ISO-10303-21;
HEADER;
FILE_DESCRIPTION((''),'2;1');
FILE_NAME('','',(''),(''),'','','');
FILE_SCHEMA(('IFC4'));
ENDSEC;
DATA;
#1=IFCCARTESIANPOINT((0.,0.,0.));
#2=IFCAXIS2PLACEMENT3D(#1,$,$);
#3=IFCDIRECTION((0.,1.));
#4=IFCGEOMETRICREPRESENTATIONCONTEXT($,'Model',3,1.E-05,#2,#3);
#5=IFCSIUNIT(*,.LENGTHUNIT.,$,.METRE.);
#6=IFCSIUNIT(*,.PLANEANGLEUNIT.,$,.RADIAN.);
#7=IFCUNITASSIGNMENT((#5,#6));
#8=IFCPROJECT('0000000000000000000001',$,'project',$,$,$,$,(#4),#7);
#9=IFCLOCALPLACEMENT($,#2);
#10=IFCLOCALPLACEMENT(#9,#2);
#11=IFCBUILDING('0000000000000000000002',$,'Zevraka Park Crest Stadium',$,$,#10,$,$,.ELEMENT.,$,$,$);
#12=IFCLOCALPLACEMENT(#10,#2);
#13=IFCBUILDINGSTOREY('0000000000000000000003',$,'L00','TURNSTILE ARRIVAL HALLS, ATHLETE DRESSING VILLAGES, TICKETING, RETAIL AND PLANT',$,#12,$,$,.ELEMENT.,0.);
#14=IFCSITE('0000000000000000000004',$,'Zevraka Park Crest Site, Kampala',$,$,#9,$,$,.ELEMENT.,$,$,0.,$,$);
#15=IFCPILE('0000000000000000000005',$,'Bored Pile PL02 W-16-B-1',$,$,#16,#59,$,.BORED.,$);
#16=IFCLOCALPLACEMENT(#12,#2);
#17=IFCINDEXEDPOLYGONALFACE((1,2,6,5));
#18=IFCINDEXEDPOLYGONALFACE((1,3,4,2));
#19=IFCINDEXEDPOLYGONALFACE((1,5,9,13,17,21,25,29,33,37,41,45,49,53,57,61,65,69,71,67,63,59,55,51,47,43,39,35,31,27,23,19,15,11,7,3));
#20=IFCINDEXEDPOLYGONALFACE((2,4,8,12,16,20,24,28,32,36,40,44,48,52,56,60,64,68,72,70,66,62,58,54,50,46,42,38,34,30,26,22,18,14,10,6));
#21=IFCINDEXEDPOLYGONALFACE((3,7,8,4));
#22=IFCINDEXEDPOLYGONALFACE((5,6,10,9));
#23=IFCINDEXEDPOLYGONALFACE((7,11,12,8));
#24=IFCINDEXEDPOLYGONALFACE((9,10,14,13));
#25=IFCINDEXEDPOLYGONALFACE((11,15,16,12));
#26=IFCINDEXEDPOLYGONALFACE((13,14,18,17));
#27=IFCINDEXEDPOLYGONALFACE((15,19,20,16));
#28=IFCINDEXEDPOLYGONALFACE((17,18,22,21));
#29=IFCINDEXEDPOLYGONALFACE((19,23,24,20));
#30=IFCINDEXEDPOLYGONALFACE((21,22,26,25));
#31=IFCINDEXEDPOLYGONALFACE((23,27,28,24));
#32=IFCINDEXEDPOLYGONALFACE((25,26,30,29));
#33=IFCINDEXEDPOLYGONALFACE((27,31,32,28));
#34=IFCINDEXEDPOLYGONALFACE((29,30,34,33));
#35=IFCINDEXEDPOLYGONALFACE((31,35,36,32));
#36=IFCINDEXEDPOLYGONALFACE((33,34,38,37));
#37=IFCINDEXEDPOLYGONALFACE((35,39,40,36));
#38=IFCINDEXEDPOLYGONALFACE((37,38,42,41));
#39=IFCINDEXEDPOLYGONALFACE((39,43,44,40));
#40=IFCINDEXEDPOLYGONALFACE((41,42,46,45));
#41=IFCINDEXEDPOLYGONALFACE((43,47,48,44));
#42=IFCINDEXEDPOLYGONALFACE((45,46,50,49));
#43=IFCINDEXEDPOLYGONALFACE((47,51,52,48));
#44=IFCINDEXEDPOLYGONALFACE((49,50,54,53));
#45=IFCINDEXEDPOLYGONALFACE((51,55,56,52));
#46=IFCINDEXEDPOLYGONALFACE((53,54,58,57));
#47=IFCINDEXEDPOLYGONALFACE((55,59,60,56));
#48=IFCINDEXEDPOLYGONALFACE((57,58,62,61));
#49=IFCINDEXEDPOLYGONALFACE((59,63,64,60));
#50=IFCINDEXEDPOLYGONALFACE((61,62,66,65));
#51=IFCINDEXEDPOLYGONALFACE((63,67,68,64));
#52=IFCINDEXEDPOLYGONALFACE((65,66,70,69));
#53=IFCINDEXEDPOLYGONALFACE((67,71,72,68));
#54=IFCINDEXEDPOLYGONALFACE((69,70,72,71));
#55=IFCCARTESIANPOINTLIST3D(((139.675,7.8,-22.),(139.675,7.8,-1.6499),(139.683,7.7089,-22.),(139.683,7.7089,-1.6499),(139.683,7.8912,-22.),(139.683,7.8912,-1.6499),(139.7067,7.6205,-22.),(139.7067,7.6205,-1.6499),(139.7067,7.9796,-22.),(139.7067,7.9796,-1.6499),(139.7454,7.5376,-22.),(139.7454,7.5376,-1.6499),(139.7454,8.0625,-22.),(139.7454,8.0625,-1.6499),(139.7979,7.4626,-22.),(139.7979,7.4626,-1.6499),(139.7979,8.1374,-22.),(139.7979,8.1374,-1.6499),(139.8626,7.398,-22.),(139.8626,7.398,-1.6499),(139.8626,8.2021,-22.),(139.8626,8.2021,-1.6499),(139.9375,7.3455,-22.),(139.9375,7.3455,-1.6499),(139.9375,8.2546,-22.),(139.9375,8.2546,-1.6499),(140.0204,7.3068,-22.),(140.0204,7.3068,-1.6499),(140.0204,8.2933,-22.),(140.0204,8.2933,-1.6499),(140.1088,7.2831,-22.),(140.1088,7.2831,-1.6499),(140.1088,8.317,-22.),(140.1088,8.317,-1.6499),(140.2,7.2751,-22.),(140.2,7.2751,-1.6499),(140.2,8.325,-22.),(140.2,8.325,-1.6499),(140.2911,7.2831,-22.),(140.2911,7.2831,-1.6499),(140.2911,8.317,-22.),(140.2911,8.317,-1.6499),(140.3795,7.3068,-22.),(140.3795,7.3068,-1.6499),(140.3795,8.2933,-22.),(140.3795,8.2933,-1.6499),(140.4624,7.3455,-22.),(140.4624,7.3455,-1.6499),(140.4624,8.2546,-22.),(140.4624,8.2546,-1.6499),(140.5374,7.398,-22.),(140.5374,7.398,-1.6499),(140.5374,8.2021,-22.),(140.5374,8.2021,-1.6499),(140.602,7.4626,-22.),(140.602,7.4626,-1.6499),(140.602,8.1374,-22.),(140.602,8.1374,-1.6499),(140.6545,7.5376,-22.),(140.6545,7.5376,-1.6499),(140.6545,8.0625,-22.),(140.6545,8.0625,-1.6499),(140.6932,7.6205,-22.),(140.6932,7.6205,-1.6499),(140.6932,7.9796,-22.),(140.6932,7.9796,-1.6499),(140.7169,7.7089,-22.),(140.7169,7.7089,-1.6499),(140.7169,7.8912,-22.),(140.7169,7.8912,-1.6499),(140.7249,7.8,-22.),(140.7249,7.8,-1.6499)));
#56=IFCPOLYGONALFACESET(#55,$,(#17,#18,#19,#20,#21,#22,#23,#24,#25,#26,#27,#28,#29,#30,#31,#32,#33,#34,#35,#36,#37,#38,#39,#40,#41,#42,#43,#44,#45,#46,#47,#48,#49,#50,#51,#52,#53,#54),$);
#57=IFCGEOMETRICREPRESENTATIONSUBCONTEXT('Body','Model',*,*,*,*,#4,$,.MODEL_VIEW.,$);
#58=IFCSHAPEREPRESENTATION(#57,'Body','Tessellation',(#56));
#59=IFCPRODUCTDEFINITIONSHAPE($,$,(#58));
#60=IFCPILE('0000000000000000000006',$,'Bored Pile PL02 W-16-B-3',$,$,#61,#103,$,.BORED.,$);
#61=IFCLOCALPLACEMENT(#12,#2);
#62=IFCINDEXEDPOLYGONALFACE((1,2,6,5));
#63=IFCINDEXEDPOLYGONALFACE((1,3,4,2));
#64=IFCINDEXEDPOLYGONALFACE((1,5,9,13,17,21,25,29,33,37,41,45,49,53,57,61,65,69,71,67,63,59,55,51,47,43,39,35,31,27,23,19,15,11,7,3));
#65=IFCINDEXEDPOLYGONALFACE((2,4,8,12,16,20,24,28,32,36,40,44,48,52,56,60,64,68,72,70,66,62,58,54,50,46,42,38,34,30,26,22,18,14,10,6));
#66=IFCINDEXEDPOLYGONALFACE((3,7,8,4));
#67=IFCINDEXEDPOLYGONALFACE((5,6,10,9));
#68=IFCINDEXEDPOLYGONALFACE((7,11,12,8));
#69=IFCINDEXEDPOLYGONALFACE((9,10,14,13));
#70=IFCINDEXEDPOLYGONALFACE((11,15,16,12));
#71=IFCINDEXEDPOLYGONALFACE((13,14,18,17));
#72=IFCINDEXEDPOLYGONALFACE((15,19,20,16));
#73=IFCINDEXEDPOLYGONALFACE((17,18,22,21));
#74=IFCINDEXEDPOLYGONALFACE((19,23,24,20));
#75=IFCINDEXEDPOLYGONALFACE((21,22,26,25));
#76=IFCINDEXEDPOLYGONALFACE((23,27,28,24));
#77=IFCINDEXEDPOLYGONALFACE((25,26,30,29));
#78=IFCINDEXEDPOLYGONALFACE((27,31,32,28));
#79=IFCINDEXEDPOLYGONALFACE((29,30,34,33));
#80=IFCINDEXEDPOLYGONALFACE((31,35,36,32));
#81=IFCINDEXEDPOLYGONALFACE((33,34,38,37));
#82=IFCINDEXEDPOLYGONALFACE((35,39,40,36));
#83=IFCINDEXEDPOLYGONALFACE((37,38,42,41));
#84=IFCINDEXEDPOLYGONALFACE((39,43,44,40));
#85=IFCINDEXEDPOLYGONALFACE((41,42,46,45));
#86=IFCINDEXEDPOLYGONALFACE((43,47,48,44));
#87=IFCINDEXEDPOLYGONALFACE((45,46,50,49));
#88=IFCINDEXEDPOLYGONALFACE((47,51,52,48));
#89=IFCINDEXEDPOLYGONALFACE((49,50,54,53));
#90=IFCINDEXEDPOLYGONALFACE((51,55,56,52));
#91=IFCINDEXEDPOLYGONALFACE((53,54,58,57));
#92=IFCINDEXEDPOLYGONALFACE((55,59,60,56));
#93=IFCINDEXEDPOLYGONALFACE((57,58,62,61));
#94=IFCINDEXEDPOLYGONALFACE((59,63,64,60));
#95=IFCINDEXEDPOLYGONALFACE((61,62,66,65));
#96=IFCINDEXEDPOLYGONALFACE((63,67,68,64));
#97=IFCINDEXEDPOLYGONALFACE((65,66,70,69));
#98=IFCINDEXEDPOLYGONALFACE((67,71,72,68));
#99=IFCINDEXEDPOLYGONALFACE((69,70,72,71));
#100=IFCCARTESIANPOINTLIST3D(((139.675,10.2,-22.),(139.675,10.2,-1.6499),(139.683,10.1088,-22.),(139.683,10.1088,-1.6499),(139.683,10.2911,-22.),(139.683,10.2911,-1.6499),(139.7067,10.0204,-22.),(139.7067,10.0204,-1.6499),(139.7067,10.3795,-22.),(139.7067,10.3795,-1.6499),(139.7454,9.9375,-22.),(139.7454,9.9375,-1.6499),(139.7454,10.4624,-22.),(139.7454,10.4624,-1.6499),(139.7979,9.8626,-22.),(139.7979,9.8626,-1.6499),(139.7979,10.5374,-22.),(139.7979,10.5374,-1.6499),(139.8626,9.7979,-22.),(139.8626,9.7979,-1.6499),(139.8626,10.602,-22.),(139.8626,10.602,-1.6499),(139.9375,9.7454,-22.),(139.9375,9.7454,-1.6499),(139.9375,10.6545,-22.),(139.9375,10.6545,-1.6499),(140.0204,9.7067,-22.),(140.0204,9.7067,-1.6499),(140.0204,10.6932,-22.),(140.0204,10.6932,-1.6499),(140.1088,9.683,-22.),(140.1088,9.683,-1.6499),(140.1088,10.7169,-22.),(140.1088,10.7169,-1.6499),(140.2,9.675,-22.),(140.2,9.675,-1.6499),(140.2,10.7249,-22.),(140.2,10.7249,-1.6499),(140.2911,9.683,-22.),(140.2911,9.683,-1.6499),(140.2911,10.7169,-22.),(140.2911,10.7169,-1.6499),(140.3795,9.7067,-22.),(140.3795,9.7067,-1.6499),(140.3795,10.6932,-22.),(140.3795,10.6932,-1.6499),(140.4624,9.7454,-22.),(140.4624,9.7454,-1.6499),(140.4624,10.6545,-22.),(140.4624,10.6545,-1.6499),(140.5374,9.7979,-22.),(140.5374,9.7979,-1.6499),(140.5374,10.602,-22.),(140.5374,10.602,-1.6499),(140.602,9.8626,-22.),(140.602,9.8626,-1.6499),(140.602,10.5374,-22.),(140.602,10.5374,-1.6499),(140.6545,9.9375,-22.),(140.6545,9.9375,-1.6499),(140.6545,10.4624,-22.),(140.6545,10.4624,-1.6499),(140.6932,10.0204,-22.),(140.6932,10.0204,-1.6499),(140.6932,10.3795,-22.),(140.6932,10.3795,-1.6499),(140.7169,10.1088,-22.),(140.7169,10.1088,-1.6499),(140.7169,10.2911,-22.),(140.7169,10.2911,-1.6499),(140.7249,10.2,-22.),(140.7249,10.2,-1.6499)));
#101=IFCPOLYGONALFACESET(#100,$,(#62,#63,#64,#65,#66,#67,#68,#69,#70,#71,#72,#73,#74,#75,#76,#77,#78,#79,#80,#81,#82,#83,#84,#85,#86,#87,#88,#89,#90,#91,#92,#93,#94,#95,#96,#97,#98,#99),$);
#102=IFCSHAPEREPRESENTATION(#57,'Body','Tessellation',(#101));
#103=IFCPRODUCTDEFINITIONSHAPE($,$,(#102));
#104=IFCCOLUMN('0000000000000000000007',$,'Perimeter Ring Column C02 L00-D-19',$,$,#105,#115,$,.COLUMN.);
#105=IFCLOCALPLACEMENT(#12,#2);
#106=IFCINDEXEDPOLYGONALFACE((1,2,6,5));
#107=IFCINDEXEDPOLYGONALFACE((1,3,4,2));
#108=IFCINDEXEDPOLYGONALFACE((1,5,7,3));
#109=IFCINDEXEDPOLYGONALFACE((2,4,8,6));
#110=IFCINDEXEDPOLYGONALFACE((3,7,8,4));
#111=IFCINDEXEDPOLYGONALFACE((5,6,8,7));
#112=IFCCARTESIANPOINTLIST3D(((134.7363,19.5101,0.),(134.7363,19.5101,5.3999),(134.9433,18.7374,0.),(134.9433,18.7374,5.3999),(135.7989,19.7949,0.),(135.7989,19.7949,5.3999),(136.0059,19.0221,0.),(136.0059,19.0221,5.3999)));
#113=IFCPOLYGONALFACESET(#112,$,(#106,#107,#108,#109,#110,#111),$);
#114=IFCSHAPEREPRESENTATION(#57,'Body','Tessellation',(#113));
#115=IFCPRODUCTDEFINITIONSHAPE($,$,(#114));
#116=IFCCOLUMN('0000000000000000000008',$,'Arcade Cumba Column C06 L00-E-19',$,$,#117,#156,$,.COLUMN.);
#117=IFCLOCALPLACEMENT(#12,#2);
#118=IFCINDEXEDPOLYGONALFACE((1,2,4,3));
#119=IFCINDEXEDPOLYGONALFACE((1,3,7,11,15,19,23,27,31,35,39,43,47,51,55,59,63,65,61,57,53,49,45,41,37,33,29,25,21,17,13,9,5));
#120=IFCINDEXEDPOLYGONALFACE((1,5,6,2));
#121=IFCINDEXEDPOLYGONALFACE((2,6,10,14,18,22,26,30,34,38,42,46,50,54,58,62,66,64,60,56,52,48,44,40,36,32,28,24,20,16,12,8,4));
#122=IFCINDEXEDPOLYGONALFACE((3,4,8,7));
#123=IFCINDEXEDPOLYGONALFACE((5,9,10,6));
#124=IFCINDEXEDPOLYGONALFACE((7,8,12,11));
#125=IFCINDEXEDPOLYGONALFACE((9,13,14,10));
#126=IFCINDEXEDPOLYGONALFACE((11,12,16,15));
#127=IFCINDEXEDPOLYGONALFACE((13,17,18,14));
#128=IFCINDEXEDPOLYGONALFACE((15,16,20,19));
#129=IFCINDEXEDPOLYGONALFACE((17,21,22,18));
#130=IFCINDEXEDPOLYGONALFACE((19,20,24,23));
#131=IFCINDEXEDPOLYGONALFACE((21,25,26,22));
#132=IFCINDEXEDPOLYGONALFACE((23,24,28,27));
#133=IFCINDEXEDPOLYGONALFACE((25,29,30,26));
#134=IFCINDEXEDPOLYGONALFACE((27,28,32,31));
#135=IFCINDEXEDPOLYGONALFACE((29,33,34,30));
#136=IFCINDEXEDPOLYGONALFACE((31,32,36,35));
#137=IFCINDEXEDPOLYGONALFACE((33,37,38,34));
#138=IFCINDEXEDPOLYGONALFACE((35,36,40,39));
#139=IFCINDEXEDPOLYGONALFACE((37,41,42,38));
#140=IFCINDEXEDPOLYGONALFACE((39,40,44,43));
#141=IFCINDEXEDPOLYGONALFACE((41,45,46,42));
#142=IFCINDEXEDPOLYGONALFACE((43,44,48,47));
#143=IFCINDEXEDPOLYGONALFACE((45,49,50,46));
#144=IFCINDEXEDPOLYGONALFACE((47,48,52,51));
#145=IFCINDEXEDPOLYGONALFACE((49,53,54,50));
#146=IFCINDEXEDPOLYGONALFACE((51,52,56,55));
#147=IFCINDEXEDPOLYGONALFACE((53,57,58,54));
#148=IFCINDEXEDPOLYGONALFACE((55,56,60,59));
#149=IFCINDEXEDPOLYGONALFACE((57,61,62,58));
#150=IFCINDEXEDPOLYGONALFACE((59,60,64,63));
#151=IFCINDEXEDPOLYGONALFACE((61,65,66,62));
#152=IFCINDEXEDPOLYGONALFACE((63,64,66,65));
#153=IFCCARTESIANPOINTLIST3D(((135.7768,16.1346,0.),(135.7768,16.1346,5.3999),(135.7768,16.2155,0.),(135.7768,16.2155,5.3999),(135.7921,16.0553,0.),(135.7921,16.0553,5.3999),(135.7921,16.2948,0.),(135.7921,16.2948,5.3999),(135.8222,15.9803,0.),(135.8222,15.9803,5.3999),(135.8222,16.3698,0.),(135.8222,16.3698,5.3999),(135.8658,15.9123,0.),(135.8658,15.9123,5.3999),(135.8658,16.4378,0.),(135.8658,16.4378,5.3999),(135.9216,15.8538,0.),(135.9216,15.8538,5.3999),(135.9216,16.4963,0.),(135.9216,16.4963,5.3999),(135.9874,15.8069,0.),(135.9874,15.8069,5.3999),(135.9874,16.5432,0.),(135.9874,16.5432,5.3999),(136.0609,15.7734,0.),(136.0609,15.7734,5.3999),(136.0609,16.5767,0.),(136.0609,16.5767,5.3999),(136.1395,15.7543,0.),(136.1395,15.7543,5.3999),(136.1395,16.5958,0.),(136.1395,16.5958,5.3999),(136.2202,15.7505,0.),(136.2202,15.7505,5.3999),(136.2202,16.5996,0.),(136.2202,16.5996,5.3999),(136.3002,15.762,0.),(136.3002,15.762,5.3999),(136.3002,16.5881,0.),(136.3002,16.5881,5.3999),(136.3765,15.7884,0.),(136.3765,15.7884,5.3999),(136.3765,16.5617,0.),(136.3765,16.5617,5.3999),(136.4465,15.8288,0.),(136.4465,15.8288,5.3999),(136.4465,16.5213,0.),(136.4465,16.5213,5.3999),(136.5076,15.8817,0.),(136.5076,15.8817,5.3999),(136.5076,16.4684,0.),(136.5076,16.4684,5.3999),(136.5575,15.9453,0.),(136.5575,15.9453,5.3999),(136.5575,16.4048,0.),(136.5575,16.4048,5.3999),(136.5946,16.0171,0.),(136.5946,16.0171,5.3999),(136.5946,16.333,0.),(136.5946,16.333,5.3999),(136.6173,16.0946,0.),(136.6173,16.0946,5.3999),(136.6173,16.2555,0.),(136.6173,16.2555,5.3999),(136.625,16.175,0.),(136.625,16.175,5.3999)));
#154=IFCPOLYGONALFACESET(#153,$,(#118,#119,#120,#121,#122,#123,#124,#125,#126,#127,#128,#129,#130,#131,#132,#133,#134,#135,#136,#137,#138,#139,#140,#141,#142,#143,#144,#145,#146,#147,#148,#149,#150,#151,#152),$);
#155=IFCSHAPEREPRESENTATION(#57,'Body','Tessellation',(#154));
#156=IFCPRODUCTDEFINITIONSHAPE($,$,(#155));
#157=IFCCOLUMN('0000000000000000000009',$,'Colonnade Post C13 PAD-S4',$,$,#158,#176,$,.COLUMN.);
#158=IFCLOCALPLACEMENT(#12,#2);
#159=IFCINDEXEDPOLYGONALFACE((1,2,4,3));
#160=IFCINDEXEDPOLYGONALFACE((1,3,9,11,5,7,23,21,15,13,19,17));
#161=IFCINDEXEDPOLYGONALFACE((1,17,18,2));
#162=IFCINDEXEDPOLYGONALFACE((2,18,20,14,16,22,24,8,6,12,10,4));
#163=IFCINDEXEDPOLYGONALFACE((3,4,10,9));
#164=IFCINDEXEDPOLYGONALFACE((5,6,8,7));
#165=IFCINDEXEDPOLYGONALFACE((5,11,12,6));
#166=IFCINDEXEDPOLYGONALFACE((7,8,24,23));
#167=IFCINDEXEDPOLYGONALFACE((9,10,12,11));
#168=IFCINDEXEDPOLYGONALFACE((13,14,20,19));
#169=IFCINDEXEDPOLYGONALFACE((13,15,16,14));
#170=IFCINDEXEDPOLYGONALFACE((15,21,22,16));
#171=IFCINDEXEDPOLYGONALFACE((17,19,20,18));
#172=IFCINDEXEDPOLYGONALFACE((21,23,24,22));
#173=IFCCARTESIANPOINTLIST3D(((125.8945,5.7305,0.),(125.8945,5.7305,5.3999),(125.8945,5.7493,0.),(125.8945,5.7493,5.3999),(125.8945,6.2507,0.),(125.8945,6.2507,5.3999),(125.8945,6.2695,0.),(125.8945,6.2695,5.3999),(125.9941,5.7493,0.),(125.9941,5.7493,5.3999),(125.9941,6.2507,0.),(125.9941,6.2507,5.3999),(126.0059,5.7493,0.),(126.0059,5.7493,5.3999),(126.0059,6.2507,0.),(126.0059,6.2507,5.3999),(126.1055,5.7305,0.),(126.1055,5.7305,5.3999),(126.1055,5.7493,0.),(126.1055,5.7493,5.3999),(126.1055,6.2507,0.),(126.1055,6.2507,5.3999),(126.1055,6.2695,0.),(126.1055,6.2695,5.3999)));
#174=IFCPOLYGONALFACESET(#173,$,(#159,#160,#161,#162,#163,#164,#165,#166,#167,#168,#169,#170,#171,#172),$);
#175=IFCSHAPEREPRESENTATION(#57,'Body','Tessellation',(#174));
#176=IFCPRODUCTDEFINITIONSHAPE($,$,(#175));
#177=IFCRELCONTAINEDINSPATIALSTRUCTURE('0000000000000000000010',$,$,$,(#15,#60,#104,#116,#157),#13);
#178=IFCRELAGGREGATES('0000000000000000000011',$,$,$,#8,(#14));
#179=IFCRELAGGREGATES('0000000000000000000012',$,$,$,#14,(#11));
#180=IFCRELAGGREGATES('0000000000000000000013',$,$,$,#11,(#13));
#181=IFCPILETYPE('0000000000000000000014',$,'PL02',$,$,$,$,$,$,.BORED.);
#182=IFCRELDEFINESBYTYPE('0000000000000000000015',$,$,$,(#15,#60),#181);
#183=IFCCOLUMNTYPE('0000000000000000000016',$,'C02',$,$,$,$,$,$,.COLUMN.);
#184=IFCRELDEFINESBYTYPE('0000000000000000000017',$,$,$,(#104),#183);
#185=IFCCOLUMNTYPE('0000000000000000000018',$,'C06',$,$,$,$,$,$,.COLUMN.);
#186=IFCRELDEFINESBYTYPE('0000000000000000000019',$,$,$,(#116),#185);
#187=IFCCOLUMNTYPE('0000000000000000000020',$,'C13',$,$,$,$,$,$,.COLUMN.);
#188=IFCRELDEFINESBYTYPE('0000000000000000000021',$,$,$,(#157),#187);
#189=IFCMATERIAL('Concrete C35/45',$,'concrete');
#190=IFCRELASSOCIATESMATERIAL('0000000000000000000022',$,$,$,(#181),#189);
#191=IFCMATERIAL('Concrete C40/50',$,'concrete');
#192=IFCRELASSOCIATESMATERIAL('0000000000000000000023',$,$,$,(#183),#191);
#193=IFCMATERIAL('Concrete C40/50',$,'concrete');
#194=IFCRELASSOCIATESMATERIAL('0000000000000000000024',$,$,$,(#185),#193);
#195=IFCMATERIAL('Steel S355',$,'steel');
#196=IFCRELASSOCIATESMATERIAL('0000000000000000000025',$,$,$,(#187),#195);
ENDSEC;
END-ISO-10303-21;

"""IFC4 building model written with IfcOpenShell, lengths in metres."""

from ifc_helpers import new_model, si_unit, direction, frame, origin, origin_2d, place, context, subcontext, project, spatial, rectangle, circle, i_section, extrude, material, material_profile, profile_set, type_object, element, save


model = new_model("IFC4")

# Units and contexts
model_context = context("Model", 3, precision=1e-05, world=origin(), true_north=direction((0.0, 1.0)))
body_context = subcontext(model_context, "Body", "Model", "MODEL_VIEW")
ifc_project = project(units=[si_unit("LENGTHUNIT", "METRE"), si_unit("PLANEANGLEUNIT", "RADIAN")], contexts=[model_context])

# Site, building, storey
site_placement = place(None, origin())
site = spatial("IfcSite", under=ifc_project, at=site_placement, Name="Zevraka Park Crest Site, Kampala", CompositionType="ELEMENT", RefElevation=0.0)
building_placement = place(site_placement, origin())
building = spatial("IfcBuilding", under=site, at=building_placement, Name="Zevraka Park Crest Stadium", CompositionType="ELEMENT")
storey_placement = place(building_placement, origin())
storey = spatial("IfcBuildingStorey", under=building, at=storey_placement, Name="L00", Description="TURNSTILE ARRIVAL HALLS, ATHLETE DRESSING VILLAGES, TICKETING, RETAIL AND PLANT", CompositionType="ELEMENT", Elevation=0.0)

# Piles
ifc_material_1 = material(Name="Concrete C35/45", Category="concrete")
ifc_material_profile_1 = material_profile(ifc_material_1, circle(Radius=0.5249, at=origin_2d()), Name="PILE D1050")
ifc_profile_set_1 = profile_set([ifc_material_profile_1], Name="Concrete C35/45")
pile_type_1 = type_object("IfcPileType", Name="PL02", PredefinedType="BORED", material=ifc_profile_set_1)
for number, where, z_axis, x_axis, name in (
    (1, (140.2, 7.8, -1.6499), (0.0, 0.0, -1.0), (1.0, 0.0, 0.0), "Bored Pile PL02 W-16-B-1"),
    (2, (140.2, 10.2, -1.6499), (0.0, 0.0, -1.0), (1.0, 0.0, 0.0), "Bored Pile PL02 W-16-B-3"),
):
    element("IfcPile", number, at=place(storey_placement, frame(where, z_axis=z_axis, x_axis=x_axis)), inside=storey, type_object=pile_type_1, Name=name, PredefinedType="BORED", context=body_context, shape_type="SweptSolid", body=[
        extrude(circle(Radius=0.5249, at=origin_2d()), origin(), (0.0, 0.0, 1.0), 20.3501),
    ])

# Columns
ifc_material_2 = material(Name="Concrete C40/50", Category="concrete")
ifc_material_profile_2 = material_profile(ifc_material_2, rectangle(XDim=0.8, YDim=1.1001, at=origin_2d()), Name="RC 1100x800")
ifc_profile_set_2 = profile_set([ifc_material_profile_2], Name="Concrete C40/50")
column_type_1 = type_object("IfcColumnType", Name="C02", PredefinedType="COLUMN", material=ifc_profile_set_2)
column_1_placement = place(storey_placement, frame((135.3711, 19.2661, 0.0), z_axis=(0.0, 0.0, 1.0), x_axis=(-0.258819, 0.965926, 0.0)))
element("IfcColumn", 3, at=column_1_placement, inside=storey, type_object=column_type_1, Name="Perimeter Ring Column C02 L00-D-19", PredefinedType="COLUMN", context=body_context, shape_type="SweptSolid", body=[
    extrude(rectangle(XDim=0.8, YDim=1.1001, at=origin_2d()), origin(), (0.0, 0.0, 1.0), 5.3999),
])
ifc_material_3 = material(Name="Concrete C40/50", Category="concrete")
ifc_material_profile_3 = material_profile(ifc_material_3, circle(Radius=0.425, at=origin_2d()), Name="RC D850")
ifc_profile_set_3 = profile_set([ifc_material_profile_3], Name="Concrete C40/50")
column_type_2 = type_object("IfcColumnType", Name="C06", PredefinedType="COLUMN", material=ifc_profile_set_3)
column_2_placement = place(storey_placement, frame((136.2, 16.175, 0.0), z_axis=(0.0, 0.0, 1.0), x_axis=(1.0, 0.0, 0.0)))
element("IfcColumn", 4, at=column_2_placement, inside=storey, type_object=column_type_2, Name="Arcade Cumba Column C06 L00-E-19", PredefinedType="COLUMN", context=body_context, shape_type="SweptSolid", body=[
    extrude(circle(Radius=0.425, at=origin_2d()), origin(), (0.0, 0.0, 1.0), 5.3999),
])
ifc_material_4 = material(Name="Steel S355", Category="steel")
ifc_material_profile_4 = material_profile(ifc_material_4, i_section(OverallWidth=0.2109, OverallDepth=0.5391, WebThickness=0.0117, FlangeThickness=0.0188, at=origin_2d()), Name="UKB 533x210x109")
ifc_profile_set_4 = profile_set([ifc_material_profile_4], Name="Steel S355")
column_type_3 = type_object("IfcColumnType", Name="C13", PredefinedType="COLUMN", material=ifc_profile_set_4)
column_3_placement = place(storey_placement, frame((126.0, 6.0, 0.0), z_axis=(0.0, 0.0, 1.0), x_axis=(1.0, 0.0, 0.0)))
element("IfcColumn", 5, at=column_3_placement, inside=storey, type_object=column_type_3, Name="Colonnade Post C13 PAD-S4", PredefinedType="COLUMN", context=body_context, shape_type="SweptSolid", body=[
    extrude(i_section(OverallWidth=0.2109, OverallDepth=0.5391, WebThickness=0.0117, FlangeThickness=0.0188, at=origin_2d()), origin(), (0.0, 0.0, 1.0), 5.3999),
])

save(model, "model.ifc")
